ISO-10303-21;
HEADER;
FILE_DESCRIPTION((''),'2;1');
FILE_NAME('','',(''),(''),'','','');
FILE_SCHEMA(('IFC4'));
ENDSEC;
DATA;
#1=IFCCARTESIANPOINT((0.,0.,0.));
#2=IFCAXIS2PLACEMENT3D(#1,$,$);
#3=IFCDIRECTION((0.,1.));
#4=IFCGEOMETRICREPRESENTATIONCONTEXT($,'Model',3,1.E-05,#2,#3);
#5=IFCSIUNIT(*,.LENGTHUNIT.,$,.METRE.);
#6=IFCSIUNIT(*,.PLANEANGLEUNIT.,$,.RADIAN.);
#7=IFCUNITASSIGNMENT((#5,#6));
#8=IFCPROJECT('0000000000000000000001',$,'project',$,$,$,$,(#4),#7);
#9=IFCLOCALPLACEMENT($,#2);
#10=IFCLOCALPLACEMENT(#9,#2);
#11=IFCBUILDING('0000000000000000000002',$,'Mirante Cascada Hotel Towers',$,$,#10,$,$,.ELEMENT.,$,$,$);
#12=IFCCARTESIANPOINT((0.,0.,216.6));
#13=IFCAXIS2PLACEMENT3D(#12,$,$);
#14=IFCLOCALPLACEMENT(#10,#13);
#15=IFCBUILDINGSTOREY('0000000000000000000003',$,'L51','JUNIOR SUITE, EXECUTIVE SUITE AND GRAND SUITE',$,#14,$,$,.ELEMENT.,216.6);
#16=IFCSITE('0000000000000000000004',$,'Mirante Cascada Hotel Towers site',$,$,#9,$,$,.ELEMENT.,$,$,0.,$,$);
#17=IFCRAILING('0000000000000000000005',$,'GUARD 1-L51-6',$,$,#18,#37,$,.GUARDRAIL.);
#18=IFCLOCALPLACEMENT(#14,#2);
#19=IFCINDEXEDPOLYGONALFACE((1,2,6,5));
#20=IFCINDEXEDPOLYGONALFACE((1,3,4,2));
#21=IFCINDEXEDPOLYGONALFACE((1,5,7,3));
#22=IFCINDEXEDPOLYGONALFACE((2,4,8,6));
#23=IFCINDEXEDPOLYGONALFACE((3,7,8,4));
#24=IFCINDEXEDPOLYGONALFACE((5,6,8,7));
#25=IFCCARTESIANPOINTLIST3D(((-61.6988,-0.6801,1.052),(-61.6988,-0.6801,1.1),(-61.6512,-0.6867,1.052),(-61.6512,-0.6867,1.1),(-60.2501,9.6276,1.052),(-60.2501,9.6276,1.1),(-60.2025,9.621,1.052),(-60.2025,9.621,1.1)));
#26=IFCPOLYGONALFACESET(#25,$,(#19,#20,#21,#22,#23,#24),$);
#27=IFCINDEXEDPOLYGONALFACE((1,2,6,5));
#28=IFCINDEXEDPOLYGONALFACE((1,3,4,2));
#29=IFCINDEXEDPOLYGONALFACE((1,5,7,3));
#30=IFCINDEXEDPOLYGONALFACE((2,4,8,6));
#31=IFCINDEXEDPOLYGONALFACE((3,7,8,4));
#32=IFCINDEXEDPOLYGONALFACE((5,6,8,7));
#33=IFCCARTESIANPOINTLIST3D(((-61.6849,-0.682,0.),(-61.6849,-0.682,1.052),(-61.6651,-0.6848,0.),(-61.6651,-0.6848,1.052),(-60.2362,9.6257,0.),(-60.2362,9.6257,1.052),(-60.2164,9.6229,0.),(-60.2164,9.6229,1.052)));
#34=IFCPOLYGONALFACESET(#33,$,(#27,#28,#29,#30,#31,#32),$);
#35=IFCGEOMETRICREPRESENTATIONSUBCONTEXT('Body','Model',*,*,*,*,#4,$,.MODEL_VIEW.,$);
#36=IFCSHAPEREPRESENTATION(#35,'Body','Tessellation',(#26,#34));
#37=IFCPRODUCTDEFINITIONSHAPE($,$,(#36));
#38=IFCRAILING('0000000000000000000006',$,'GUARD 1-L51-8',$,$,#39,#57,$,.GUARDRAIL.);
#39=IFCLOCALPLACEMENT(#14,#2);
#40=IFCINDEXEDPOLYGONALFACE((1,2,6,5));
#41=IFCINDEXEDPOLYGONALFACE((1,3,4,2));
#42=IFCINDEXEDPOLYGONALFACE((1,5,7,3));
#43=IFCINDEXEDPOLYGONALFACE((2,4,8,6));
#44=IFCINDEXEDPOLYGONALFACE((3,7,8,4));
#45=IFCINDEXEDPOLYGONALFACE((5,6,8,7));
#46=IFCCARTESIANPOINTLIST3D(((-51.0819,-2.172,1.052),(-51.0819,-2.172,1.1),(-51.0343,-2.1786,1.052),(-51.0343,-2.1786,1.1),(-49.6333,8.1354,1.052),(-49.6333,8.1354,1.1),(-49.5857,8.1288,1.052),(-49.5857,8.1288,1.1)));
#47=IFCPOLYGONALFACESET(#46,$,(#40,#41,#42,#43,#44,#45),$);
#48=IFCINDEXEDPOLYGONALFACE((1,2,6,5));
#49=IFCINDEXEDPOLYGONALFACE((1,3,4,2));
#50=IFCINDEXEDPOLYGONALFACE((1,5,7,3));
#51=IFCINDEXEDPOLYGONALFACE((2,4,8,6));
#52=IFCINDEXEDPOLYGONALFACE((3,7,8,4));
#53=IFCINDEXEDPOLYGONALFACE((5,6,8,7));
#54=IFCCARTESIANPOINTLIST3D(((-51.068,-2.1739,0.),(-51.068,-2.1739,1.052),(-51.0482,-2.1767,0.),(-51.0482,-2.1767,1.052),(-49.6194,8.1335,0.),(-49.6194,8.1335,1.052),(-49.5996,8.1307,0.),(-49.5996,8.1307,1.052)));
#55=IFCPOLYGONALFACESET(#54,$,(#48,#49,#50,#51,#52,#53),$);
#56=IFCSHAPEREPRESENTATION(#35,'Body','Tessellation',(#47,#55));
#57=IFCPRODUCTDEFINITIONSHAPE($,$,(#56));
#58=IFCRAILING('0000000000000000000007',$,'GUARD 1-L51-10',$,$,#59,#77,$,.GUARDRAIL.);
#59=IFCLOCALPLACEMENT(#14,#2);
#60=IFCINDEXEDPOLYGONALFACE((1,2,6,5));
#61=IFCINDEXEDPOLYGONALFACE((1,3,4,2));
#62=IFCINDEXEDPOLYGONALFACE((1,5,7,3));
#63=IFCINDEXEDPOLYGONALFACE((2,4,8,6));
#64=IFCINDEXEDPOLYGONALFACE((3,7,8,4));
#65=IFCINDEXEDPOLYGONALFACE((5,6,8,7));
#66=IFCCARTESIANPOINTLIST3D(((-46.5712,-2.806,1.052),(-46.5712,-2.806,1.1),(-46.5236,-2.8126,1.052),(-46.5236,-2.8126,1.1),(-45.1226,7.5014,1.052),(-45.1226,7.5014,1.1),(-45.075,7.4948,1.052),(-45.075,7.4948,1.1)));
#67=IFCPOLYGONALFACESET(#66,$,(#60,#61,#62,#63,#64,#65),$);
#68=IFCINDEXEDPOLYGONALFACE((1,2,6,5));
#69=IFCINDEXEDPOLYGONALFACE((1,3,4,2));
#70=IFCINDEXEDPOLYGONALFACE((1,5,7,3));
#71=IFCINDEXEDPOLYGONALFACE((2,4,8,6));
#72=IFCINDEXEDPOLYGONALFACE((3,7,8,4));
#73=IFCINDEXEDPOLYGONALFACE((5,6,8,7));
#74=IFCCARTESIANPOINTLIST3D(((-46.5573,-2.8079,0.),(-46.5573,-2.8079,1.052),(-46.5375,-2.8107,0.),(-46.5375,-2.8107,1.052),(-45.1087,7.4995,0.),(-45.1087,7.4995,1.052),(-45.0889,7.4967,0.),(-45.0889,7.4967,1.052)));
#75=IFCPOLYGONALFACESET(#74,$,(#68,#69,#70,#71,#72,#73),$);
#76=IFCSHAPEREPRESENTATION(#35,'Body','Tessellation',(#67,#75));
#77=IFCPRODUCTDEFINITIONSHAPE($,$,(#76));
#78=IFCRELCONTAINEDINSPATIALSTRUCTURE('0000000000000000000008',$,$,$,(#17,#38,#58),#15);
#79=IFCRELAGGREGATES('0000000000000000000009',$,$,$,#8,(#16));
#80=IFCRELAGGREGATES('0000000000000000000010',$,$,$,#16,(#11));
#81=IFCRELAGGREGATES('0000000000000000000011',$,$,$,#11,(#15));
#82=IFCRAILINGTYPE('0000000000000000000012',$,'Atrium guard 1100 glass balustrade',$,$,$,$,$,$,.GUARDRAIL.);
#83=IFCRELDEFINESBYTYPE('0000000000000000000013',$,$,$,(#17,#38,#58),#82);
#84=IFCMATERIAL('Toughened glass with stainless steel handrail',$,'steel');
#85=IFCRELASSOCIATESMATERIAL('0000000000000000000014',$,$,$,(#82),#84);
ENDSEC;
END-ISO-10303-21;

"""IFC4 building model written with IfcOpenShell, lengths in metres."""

from ifc_helpers import new_model, si_unit, direction, frame, origin, origin_2d, place, context, subcontext, project, spatial, rectangle, extrude, material, type_object, element, save


model = new_model("IFC4")

# Units and contexts
model_context = context("Model", 3, precision=1e-05, world=origin(), true_north=direction((0.0, 1.0)))
body_context = subcontext(model_context, "Body", "Model", "MODEL_VIEW")
ifc_project = project(units=[si_unit("LENGTHUNIT", "METRE"), si_unit("PLANEANGLEUNIT", "RADIAN")], contexts=[model_context])

# Site, building, storey
site_placement = place(None, origin())
site = spatial("IfcSite", under=ifc_project, at=site_placement, Name="Mirante Cascada Hotel Towers site", CompositionType="ELEMENT", RefElevation=0.0)
building_placement = place(site_placement, origin())
building = spatial("IfcBuilding", under=site, at=building_placement, Name="Mirante Cascada Hotel Towers", CompositionType="ELEMENT")
storey_placement = place(building_placement, frame((0.0, 0.0, 216.6)))
storey = spatial("IfcBuildingStorey", under=building, at=storey_placement, Name="L51", Description="JUNIOR SUITE, EXECUTIVE SUITE AND GRAND SUITE", CompositionType="ELEMENT", Elevation=216.6)

# Railings
ifc_material_1 = material(Name="Toughened glass with stainless steel handrail", Category="steel")
railing_type = type_object("IfcRailingType", Name="Atrium guard 1100 glass balustrade", PredefinedType="GUARDRAIL", material=ifc_material_1)
railing_1_placement = place(storey_placement, frame((-60.2263, 9.6243, 0.0)))
element("IfcRailing", 1, at=railing_1_placement, inside=storey, type_object=railing_type, Name="GUARD 1-L51-6", PredefinedType="GUARDRAIL", context=body_context, shape_type="SweptSolid", body=[
    extrude(rectangle(XDim=0.048, YDim=0.048, at=origin_2d()), frame((0.0, 0.0, 1.076), z_axis=(-0.139178, -0.990267, 0.0), x_axis=(0.990267, -0.139178, 0.0)), (0.0, 0.0, 1.0), 10.409),
    extrude(rectangle(XDim=0.02, YDim=1.052, at=origin_2d()), frame((0.0, 0.0, 0.526), z_axis=(-0.139178, -0.990267, 0.0), x_axis=(0.990267, -0.139178, 0.0)), (0.0, 0.0, 1.0), 10.409),
])
for number, where, name in (
    (2, (-49.6095, 8.1321, 0.0), "GUARD 1-L51-8"),
    (3, (-45.0988, 7.4981, 0.0), "GUARD 1-L51-10"),
):
    element("IfcRailing", number, at=place(storey_placement, frame(where)), inside=storey, type_object=railing_type, Name=name, PredefinedType="GUARDRAIL", context=body_context, shape_type="SweptSolid", body=[
        extrude(rectangle(XDim=0.048, YDim=0.048, at=origin_2d()), frame((0.0, 0.0, 1.076), z_axis=(-0.139172, -0.990268, 0.0), x_axis=(0.990268, -0.139172, 0.0)), (0.0, 0.0, 1.0), 10.4087),
        extrude(rectangle(XDim=0.02, YDim=1.052, at=origin_2d()), frame((0.0, 0.0, 0.526), z_axis=(-0.139172, -0.990268, 0.0), x_axis=(0.990268, -0.139172, 0.0)), (0.0, 0.0, 1.0), 10.4087),
    ])

save(model, "model.ifc")
